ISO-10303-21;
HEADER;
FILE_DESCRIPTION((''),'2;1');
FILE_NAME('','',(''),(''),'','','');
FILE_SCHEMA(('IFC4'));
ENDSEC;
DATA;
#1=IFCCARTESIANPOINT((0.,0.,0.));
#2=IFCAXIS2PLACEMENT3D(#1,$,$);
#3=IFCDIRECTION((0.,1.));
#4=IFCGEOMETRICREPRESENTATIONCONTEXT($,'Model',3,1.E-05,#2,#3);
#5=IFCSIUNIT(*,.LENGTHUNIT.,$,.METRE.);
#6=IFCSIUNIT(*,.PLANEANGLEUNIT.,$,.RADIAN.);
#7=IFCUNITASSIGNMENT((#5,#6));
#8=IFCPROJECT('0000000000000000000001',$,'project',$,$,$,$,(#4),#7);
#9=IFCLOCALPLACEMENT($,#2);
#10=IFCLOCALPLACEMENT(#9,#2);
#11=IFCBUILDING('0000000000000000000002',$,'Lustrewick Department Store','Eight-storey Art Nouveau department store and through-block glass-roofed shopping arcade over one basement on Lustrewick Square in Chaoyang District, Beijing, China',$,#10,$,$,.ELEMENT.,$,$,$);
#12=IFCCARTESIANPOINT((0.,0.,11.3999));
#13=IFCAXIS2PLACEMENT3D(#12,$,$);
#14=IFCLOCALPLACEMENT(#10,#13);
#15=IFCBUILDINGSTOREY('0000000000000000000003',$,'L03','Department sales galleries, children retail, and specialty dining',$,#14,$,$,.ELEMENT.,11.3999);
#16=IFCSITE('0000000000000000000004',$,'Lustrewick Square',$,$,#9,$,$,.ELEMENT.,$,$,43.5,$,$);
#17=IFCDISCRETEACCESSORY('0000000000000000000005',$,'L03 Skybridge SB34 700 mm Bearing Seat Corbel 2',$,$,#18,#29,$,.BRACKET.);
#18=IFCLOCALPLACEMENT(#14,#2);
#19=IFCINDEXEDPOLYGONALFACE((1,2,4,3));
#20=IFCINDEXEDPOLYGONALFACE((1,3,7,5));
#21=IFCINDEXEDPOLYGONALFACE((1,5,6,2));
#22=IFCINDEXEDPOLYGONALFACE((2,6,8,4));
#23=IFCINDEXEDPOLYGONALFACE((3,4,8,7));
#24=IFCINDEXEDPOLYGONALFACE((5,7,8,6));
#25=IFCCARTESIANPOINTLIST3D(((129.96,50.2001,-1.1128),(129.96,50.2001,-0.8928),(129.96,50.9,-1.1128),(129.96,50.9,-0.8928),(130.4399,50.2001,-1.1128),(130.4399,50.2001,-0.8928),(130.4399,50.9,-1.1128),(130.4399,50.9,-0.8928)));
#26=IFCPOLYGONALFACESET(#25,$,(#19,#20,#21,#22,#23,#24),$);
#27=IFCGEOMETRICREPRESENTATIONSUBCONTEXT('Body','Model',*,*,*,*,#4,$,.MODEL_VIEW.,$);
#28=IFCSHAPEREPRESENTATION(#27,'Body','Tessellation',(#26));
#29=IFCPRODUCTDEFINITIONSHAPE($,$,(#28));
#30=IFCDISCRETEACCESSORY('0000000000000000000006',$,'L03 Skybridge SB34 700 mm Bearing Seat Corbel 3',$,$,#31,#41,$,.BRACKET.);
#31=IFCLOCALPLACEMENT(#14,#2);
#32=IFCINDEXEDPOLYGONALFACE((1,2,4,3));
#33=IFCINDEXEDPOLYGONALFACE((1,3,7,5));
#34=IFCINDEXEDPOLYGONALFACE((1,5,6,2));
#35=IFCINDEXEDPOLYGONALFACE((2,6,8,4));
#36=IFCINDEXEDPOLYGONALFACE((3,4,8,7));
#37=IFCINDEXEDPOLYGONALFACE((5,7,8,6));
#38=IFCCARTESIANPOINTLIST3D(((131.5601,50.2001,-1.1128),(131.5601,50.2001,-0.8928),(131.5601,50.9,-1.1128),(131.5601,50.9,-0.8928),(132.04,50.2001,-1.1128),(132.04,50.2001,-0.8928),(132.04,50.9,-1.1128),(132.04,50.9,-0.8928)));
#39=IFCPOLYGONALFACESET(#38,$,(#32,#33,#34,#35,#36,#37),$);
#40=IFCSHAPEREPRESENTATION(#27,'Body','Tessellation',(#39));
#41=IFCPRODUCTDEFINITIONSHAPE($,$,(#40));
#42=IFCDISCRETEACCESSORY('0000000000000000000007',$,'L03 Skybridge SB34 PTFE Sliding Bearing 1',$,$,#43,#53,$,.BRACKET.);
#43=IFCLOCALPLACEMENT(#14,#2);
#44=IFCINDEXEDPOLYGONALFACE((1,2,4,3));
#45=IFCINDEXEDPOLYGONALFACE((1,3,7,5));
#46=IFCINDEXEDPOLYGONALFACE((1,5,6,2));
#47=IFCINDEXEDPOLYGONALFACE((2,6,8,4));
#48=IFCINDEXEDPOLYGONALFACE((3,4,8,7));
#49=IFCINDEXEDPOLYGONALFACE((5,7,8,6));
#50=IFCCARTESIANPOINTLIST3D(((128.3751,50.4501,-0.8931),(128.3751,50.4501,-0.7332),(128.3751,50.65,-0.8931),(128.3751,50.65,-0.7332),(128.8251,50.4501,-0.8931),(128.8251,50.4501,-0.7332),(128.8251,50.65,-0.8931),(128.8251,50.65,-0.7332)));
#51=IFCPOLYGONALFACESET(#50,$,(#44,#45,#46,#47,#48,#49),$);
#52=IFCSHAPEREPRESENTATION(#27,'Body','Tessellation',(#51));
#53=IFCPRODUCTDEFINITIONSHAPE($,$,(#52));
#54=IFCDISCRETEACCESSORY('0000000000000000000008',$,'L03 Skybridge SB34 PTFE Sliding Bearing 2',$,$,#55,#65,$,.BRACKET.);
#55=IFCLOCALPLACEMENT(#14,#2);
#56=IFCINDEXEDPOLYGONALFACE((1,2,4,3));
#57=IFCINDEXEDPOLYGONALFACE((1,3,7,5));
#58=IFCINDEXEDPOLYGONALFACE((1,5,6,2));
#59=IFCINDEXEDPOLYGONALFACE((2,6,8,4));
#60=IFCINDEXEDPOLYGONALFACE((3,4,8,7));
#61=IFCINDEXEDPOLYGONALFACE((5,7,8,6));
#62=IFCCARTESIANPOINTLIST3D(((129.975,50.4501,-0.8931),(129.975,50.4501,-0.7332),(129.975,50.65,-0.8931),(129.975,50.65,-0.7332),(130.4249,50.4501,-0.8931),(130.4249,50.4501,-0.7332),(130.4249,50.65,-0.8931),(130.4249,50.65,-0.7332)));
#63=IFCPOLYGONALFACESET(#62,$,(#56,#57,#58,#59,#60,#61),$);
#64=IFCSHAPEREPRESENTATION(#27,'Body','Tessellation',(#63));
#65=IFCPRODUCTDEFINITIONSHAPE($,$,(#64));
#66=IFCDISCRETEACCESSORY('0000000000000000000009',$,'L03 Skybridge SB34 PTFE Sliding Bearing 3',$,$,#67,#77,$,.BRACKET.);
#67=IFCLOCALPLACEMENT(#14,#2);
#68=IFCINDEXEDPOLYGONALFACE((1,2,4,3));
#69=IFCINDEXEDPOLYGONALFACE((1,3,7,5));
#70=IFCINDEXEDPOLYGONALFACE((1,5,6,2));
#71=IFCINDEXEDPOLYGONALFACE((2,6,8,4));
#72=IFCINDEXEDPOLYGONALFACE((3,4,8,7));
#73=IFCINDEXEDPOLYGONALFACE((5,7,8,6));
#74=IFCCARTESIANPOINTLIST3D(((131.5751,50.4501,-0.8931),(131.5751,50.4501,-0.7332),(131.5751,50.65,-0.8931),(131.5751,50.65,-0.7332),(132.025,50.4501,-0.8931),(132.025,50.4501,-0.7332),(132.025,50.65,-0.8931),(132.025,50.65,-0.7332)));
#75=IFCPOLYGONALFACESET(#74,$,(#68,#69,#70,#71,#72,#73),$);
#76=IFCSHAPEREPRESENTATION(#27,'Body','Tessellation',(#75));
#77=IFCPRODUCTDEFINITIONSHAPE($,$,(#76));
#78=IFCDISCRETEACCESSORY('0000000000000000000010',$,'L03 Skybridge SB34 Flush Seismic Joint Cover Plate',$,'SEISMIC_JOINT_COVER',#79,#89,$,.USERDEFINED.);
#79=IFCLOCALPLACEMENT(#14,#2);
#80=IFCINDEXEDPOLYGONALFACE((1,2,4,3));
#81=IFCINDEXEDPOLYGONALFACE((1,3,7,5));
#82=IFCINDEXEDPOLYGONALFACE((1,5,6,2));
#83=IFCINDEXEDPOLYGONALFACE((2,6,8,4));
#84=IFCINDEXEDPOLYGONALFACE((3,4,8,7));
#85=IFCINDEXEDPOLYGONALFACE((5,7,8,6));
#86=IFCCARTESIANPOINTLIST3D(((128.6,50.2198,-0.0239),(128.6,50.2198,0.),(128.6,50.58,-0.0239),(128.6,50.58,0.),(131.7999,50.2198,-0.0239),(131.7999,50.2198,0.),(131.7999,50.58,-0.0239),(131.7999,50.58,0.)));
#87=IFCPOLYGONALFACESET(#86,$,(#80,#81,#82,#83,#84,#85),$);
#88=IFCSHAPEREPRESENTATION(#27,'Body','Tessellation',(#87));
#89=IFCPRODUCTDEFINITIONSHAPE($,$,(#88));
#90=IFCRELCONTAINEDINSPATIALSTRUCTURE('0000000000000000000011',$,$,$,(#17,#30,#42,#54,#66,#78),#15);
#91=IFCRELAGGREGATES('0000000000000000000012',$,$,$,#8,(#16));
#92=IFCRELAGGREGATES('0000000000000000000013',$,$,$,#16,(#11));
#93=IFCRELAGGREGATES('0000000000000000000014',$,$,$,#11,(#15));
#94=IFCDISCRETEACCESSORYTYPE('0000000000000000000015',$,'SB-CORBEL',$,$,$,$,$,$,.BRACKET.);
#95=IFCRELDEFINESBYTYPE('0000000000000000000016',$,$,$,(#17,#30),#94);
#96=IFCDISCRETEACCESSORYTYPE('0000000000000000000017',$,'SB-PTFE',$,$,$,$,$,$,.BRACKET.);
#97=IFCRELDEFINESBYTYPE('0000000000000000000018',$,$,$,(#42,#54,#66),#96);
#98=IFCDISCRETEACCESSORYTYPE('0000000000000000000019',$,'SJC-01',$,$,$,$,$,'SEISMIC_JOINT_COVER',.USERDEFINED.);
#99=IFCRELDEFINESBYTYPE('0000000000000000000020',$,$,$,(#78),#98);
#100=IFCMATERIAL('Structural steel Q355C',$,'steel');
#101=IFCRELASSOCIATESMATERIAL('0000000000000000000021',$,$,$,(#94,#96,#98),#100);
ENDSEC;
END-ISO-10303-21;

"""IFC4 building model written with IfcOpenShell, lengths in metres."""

from ifc_helpers import new_model, si_unit, direction, frame, origin, origin_2d, place, context, subcontext, project, spatial, rectangle, extrude, material, type_object, element, save


model = new_model("IFC4")

# Units and contexts
model_context = context("Model", 3, precision=1e-05, world=origin(), true_north=direction((0.0, 1.0)))
body_context = subcontext(model_context, "Body", "Model", "MODEL_VIEW")
ifc_project = project(units=[si_unit("LENGTHUNIT", "METRE"), si_unit("PLANEANGLEUNIT", "RADIAN")], contexts=[model_context])

# Site, building, storey
site_placement = place(None, origin())
site = spatial("IfcSite", under=ifc_project, at=site_placement, Name="Lustrewick Square", CompositionType="ELEMENT", RefElevation=43.5)
building_placement = place(site_placement, origin())
building = spatial("IfcBuilding", under=site, at=building_placement, Name="Lustrewick Department Store", Description="Eight-storey Art Nouveau department store and through-block glass-roofed shopping arcade over one basement on Lustrewick Square in Chaoyang District, Beijing, China", CompositionType="ELEMENT")
storey_placement = place(building_placement, frame((0.0, 0.0, 11.3999)))
storey = spatial("IfcBuildingStorey", under=building, at=storey_placement, Name="L03", Description="Department sales galleries, children retail, and specialty dining", CompositionType="ELEMENT", Elevation=11.3999)

# Shared definitions
ifc_material_1 = material(Name="Structural steel Q355C", Category="steel")

# Discrete accessories
discrete_accessory_type_1 = type_object("IfcDiscreteAccessoryType", Name="SB-CORBEL", PredefinedType="BRACKET", material=ifc_material_1)
for number, where, z_axis, x_axis, name in (
    (1, (130.2, 50.55, -1.1128), (0.0, 0.0, 1.0), (1.0, 0.0, 0.0), "L03 Skybridge SB34 700 mm Bearing Seat Corbel 2"),
    (2, (131.8, 50.55, -1.1128), (0.0, 0.0, 1.0), (1.0, 0.0, 0.0), "L03 Skybridge SB34 700 mm Bearing Seat Corbel 3"),
):
    element("IfcDiscreteAccessory", number, at=place(storey_placement, frame(where, z_axis=z_axis, x_axis=x_axis)), inside=storey, type_object=discrete_accessory_type_1, Name=name, PredefinedType="BRACKET", context=body_context, shape_type="SweptSolid", body=[
        extrude(rectangle(XDim=0.48, YDim=0.7, at=origin_2d()), origin(), (0.0, 0.0, 1.0), 0.22),
    ])
discrete_accessory_type_2 = type_object("IfcDiscreteAccessoryType", Name="SB-PTFE", PredefinedType="BRACKET", material=ifc_material_1)
for number, where, z_axis, x_axis, name in (
    (3, (128.6001, 50.55, -0.8931), (0.0, 0.0, 1.0), (1.0, 0.0, 0.0), "L03 Skybridge SB34 PTFE Sliding Bearing 1"),
    (4, (130.2, 50.55, -0.8931), (0.0, 0.0, 1.0), (1.0, 0.0, 0.0), "L03 Skybridge SB34 PTFE Sliding Bearing 2"),
    (5, (131.8, 50.55, -0.8931), (0.0, 0.0, 1.0), (1.0, 0.0, 0.0), "L03 Skybridge SB34 PTFE Sliding Bearing 3"),
):
    element("IfcDiscreteAccessory", number, at=place(storey_placement, frame(where, z_axis=z_axis, x_axis=x_axis)), inside=storey, type_object=discrete_accessory_type_2, Name=name, PredefinedType="BRACKET", context=body_context, shape_type="SweptSolid", body=[
        extrude(rectangle(XDim=0.45, YDim=0.2, at=origin_2d()), origin(), (0.0, 0.0, 1.0), 0.1599),
    ])
discrete_accessory_type_3 = type_object("IfcDiscreteAccessoryType", Name="SJC-01", ElementType="SEISMIC_JOINT_COVER", PredefinedType="USERDEFINED", material=ifc_material_1)
discrete_accessory_placement = place(storey_placement, frame((130.2, 50.3999, -0.0239), z_axis=(0.0, 0.0, 1.0), x_axis=(1.0, 0.0, 0.0)))
element("IfcDiscreteAccessory", 6, at=discrete_accessory_placement, inside=storey, type_object=discrete_accessory_type_3, Name="L03 Skybridge SB34 Flush Seismic Joint Cover Plate", ObjectType="SEISMIC_JOINT_COVER", PredefinedType="USERDEFINED", context=body_context, shape_type="SweptSolid", body=[
    extrude(rectangle(XDim=3.2, YDim=0.3601, at=origin_2d()), origin(), (0.0, 0.0, 1.0), 0.0239),
])

save(model, "model.ifc")
